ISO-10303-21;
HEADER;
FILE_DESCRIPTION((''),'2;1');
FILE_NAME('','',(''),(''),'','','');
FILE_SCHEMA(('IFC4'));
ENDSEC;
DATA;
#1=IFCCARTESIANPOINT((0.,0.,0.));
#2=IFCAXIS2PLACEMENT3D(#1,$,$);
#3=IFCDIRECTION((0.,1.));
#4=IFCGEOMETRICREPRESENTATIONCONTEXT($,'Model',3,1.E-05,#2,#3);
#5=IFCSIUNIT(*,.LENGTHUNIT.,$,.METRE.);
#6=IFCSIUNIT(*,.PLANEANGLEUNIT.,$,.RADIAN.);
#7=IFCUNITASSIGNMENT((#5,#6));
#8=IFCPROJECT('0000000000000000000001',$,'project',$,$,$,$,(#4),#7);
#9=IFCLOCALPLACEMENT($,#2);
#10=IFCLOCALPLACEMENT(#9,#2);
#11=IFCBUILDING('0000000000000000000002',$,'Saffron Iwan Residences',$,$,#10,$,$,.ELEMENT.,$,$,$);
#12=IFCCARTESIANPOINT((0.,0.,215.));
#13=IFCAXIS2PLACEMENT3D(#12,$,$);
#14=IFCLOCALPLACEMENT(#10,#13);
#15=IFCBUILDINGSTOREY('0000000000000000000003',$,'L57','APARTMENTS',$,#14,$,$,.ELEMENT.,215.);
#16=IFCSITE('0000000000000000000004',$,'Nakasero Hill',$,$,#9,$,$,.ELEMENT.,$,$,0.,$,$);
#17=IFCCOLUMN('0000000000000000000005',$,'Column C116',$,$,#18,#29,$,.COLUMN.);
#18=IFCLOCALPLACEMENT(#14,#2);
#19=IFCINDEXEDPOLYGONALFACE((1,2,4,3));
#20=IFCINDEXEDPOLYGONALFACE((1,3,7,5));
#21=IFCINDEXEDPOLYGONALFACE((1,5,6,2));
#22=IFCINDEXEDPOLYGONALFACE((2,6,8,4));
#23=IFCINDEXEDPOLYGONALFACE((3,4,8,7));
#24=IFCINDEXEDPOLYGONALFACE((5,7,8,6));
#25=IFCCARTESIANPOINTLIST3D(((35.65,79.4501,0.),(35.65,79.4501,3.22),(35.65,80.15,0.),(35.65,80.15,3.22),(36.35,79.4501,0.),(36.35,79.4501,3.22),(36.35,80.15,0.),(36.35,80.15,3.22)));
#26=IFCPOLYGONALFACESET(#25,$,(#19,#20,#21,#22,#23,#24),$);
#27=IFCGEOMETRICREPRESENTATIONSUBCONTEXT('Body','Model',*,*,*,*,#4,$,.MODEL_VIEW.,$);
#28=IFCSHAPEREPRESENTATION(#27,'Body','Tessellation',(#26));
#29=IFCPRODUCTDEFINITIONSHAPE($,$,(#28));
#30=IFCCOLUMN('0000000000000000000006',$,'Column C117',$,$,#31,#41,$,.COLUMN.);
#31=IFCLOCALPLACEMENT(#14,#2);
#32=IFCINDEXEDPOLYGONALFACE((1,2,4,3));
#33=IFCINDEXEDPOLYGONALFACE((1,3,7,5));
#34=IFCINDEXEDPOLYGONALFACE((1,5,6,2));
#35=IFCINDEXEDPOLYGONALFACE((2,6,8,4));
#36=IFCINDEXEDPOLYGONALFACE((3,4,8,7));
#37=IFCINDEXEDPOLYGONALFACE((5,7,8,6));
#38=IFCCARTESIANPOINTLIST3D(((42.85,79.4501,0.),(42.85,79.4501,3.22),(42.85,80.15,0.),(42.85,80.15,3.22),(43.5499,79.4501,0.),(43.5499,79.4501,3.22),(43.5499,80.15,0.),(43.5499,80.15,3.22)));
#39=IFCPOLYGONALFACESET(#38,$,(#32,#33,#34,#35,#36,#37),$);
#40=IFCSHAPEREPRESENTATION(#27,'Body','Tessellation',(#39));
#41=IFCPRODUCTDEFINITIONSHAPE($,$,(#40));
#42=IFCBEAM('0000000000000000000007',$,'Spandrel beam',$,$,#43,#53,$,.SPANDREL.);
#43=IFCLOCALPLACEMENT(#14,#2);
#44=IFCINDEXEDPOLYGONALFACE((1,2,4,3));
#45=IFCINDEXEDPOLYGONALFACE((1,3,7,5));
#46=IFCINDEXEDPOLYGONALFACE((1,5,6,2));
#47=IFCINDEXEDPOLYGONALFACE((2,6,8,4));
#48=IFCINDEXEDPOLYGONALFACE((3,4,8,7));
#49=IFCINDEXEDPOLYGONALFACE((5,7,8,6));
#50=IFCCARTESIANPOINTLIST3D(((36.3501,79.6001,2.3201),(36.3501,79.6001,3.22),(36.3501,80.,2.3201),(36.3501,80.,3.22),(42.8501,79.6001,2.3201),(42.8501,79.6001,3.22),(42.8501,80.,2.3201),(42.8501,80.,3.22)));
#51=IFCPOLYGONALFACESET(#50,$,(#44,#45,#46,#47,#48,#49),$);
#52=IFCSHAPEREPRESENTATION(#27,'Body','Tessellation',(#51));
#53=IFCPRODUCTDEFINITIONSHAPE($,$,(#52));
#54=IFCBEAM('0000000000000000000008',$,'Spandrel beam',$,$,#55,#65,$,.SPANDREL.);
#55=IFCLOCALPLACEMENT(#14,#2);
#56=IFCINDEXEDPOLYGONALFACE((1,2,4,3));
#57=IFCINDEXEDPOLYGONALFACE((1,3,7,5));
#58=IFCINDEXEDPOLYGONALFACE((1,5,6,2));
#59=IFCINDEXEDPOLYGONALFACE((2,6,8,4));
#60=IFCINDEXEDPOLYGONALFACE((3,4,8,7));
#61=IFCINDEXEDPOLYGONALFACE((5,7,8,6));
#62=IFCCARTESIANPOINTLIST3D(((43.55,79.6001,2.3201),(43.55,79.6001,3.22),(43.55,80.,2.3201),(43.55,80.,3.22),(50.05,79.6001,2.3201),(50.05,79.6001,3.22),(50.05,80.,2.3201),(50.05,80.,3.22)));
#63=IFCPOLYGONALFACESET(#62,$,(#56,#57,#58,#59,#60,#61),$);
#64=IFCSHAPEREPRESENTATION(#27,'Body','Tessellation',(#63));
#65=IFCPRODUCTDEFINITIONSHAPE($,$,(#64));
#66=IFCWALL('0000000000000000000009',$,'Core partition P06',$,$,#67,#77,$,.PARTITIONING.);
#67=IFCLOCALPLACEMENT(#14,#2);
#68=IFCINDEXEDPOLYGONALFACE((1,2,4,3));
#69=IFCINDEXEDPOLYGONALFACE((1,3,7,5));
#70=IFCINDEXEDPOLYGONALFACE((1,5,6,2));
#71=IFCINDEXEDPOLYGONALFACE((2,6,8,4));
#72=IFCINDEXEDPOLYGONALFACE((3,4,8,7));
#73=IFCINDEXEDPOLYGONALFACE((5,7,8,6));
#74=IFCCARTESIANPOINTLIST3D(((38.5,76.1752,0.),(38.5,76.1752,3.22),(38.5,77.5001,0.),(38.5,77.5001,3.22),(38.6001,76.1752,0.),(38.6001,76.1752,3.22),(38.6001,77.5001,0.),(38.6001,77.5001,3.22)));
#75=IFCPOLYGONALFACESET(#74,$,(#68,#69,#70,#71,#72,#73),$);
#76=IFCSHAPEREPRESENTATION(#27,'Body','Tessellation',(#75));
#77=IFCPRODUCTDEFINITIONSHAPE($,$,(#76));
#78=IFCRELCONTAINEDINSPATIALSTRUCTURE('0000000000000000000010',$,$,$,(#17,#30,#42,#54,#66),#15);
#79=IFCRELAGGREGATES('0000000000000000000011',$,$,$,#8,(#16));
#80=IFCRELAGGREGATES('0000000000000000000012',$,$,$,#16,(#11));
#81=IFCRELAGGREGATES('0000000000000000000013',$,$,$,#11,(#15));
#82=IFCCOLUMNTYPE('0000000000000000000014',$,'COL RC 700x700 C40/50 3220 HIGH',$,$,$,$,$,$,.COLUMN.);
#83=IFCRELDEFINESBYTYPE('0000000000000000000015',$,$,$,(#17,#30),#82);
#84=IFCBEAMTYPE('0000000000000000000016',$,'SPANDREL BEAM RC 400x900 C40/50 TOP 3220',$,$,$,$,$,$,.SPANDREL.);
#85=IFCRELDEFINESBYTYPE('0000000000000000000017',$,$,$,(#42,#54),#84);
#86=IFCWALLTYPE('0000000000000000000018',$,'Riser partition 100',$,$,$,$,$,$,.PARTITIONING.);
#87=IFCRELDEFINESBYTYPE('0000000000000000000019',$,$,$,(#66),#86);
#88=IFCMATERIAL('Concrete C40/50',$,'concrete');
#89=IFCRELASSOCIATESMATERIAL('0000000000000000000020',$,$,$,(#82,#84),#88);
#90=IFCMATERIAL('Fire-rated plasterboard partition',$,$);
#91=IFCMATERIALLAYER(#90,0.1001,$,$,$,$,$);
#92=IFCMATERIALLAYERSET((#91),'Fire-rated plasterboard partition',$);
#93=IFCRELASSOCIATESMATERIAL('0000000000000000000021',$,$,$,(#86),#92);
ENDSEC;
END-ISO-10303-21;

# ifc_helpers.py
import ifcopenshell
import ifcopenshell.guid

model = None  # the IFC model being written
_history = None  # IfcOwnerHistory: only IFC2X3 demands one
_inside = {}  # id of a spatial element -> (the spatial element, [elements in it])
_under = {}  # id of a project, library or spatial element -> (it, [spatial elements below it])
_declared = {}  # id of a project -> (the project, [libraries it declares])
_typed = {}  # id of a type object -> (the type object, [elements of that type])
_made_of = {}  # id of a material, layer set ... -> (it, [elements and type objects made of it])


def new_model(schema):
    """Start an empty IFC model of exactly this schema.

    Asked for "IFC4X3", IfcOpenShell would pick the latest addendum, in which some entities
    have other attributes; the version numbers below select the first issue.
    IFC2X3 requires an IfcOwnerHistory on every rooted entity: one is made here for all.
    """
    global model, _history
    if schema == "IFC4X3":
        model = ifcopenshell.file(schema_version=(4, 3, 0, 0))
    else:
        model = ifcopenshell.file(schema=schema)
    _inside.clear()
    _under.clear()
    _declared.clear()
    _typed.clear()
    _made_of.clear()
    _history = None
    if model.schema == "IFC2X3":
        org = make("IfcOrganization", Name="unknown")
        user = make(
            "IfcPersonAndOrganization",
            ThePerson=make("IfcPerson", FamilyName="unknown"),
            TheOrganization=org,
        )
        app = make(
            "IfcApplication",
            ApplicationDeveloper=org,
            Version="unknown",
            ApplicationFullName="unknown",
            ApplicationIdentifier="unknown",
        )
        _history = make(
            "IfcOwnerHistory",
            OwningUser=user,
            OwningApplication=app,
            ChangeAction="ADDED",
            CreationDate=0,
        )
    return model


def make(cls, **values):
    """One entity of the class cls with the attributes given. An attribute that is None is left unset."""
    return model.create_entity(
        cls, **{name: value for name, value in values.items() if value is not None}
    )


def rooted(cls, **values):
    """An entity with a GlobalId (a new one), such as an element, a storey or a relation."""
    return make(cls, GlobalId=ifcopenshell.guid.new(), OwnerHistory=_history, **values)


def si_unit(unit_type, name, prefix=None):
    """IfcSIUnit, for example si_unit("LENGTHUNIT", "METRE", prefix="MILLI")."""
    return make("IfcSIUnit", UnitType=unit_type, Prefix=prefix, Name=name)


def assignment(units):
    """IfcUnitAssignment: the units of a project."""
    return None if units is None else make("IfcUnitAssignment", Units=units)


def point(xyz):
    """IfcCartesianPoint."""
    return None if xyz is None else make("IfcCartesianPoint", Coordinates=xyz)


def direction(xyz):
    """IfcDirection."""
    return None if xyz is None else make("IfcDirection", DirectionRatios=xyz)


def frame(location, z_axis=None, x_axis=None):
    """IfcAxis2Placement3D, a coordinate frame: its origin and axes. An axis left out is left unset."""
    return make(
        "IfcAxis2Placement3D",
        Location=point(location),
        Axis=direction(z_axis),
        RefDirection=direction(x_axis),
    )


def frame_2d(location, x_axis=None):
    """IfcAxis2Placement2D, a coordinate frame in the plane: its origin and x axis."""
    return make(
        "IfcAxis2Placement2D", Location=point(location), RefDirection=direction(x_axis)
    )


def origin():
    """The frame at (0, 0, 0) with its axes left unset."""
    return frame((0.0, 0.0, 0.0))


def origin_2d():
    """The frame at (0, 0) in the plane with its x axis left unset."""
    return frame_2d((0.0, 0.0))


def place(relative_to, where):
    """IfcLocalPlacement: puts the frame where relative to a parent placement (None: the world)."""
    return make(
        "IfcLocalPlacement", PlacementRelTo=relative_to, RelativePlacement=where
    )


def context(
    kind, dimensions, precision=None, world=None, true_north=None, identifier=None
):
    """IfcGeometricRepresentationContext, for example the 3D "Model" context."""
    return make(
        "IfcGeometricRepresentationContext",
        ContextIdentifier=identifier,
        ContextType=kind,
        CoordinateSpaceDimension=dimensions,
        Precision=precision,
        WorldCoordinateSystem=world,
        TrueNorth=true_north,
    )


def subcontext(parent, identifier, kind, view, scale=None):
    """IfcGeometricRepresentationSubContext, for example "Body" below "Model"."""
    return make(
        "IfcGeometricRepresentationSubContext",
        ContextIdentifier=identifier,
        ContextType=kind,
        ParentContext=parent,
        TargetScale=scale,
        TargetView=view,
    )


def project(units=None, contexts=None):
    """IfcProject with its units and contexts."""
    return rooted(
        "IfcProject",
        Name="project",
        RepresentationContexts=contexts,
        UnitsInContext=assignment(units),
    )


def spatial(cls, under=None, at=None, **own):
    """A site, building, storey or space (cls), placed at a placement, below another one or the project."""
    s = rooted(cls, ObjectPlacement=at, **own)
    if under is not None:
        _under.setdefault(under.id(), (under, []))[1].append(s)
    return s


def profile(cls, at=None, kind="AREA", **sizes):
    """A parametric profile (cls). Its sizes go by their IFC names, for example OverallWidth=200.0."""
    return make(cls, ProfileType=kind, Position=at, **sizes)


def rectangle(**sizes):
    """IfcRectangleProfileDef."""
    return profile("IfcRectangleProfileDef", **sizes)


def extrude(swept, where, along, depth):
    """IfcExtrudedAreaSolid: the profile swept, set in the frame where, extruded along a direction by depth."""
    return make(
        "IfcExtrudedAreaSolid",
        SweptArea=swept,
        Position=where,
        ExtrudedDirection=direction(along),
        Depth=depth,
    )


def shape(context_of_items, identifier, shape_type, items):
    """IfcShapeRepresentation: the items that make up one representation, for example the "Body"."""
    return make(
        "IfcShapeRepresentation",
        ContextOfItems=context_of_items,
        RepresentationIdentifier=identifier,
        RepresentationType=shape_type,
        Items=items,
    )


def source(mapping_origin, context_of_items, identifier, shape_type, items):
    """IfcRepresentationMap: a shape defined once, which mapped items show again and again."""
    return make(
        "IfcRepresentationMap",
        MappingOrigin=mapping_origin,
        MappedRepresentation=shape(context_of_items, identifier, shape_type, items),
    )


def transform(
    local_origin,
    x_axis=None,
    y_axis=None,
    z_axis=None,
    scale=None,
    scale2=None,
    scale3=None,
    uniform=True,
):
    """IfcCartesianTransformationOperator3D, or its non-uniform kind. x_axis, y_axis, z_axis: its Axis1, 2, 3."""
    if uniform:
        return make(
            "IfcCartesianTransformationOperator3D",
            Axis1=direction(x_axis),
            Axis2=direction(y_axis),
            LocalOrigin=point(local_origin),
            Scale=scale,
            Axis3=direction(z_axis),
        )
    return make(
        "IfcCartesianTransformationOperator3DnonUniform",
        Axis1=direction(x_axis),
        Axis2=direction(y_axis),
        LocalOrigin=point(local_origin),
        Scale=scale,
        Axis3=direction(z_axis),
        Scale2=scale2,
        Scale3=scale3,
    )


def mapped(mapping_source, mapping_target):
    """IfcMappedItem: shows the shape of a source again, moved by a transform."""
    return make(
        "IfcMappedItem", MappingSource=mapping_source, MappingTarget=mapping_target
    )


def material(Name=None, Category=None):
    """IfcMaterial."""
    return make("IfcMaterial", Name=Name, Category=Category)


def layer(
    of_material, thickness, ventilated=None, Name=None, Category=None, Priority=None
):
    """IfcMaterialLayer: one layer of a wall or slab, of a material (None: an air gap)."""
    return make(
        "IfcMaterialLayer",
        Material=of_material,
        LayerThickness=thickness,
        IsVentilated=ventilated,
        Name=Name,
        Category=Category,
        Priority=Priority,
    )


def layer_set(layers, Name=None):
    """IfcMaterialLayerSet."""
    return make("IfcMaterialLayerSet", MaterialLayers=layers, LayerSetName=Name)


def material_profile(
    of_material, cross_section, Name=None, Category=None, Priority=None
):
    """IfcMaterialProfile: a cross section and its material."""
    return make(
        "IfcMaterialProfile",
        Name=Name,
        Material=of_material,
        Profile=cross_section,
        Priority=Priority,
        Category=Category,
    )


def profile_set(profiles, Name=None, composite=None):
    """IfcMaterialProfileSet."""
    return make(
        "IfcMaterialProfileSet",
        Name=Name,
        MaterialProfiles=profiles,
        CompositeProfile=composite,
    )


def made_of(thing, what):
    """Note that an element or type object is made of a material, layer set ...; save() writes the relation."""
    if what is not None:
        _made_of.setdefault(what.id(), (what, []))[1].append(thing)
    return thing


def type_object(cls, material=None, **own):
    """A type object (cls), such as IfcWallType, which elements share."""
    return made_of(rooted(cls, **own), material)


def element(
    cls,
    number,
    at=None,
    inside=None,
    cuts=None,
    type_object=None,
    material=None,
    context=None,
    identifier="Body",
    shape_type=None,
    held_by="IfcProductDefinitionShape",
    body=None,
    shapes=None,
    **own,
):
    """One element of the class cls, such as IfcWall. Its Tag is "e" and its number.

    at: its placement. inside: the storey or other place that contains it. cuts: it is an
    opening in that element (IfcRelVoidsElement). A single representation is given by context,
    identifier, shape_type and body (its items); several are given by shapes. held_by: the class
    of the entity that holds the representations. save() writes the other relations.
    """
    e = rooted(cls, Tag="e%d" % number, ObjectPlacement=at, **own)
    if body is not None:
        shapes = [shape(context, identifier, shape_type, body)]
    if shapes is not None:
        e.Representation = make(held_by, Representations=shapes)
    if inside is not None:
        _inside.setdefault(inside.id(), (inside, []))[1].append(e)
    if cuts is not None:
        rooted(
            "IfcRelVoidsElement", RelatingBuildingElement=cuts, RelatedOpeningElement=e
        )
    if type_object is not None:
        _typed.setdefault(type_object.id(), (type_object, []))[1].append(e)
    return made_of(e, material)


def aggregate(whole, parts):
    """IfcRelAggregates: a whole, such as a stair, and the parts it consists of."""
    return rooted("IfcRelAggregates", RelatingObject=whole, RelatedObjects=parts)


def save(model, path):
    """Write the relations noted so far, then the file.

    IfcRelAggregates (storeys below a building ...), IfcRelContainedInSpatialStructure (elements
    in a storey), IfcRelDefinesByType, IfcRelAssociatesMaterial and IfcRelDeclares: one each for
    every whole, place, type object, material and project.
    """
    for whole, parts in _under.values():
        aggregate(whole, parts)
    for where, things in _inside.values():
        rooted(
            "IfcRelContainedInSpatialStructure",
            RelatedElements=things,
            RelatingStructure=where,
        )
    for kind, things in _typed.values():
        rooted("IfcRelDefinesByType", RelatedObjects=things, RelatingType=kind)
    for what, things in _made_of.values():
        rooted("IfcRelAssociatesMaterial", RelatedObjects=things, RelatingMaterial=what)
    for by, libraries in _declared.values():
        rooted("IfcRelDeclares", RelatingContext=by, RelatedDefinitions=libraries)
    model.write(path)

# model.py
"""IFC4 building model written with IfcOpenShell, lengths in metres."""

from ifc_helpers import new_model, si_unit, direction, frame, frame_2d, origin, origin_2d, place, context, subcontext, project, spatial, rectangle, extrude, source, transform, mapped, material, layer, layer_set, material_profile, profile_set, type_object, element, save


model = new_model("IFC4")

# Units and contexts
model_context = context("Model", 3, precision=1e-05, world=origin(), true_north=direction((0.0, 1.0)))
body_context = subcontext(model_context, "Body", "Model", "MODEL_VIEW")
ifc_project = project(units=[si_unit("LENGTHUNIT", "METRE"), si_unit("PLANEANGLEUNIT", "RADIAN")], contexts=[model_context])

# Site, building, storey
site_placement = place(None, origin())
site = spatial("IfcSite", under=ifc_project, at=site_placement, Name="Nakasero Hill", CompositionType="ELEMENT", RefElevation=0.0)
building_placement = place(site_placement, origin())
building = spatial("IfcBuilding", under=site, at=building_placement, Name="Saffron Iwan Residences", CompositionType="ELEMENT")
storey_placement = place(building_placement, frame((0.0, 0.0, 215.0)))
storey = spatial("IfcBuildingStorey", under=building, at=storey_placement, Name="L57", Description="APARTMENTS", CompositionType="ELEMENT", Elevation=215.0)

# Columns
ifc_material_1 = material(Name="Concrete C40/50", Category="concrete")
ifc_material_profile_1 = material_profile(ifc_material_1, rectangle(XDim=0.7, YDim=0.7, at=origin_2d()), Name="RC 700x700")
ifc_profile_set_1 = profile_set([ifc_material_profile_1], Name="Concrete C40/50")
column_type = type_object("IfcColumnType", Name="COL RC 700x700 C40/50 3220 HIGH", PredefinedType="COLUMN", material=ifc_profile_set_1)
shared_shape_1 = source(origin(), body_context, "Body", "SweptSolid", [
    extrude(rectangle(XDim=0.7, YDim=0.7, at=origin_2d()), origin(), (0.0, 0.0, 1.0), 3.22),
])
for number, where, z_axis, x_axis, name in (
    (1, (36.0, 79.8, 0.0), (0.0, 0.0, 1.0), (1.0, 0.0, 0.0), "Column C116"),
    (2, (43.2, 79.8, 0.0), (0.0, 0.0, 1.0), (1.0, 0.0, 0.0), "Column C117"),
):
    element("IfcColumn", number, at=place(storey_placement, frame(where, z_axis=z_axis, x_axis=x_axis)), inside=storey, type_object=column_type, Name=name, PredefinedType="COLUMN", context=body_context, shape_type="MappedRepresentation", body=[
        mapped(shared_shape_1, transform((0.0, 0.0, 0.0))),
    ])

# Beams
ifc_material_profile_2 = material_profile(ifc_material_1, rectangle(XDim=0.3999, YDim=0.8999, at=origin_2d()), Name="RC 400x900")
ifc_profile_set_2 = profile_set([ifc_material_profile_2], Name="Concrete C40/50")
beam_type = type_object("IfcBeamType", Name="SPANDREL BEAM RC 400x900 C40/50 TOP 3220", PredefinedType="SPANDREL", material=ifc_profile_set_2)
shared_shape_2 = source(origin(), body_context, "Body", "SweptSolid", [
    extrude(rectangle(XDim=0.3999, YDim=0.8999, at=origin_2d()), origin(), (0.0, 0.0, 1.0), 6.5),
])
for number, where, z_axis, x_axis, name in (
    (3, (36.3501, 79.8, 2.77), (1.0, 0.0, 0.0), (0.0, 1.0, 0.0), "Spandrel beam"),
    (4, (43.55, 79.8, 2.77), (1.0, 0.0, 0.0), (0.0, 1.0, 0.0), "Spandrel beam"),
):
    element("IfcBeam", number, at=place(storey_placement, frame(where, z_axis=z_axis, x_axis=x_axis)), inside=storey, type_object=beam_type, Name=name, PredefinedType="SPANDREL", context=body_context, shape_type="MappedRepresentation", body=[
        mapped(shared_shape_2, transform((0.0, 0.0, 0.0))),
    ])

# Wall
ifc_material_2 = material(Name="Fire-rated plasterboard partition")
ifc_layer_1 = layer(ifc_material_2, 0.1001)
ifc_layer_set_1 = layer_set([ifc_layer_1], Name="Fire-rated plasterboard partition")
wall_type_1 = type_object("IfcWallType", Name="Riser partition 100", PredefinedType="PARTITIONING", material=ifc_layer_set_1)
wall_1_placement = place(storey_placement, frame((38.55, 76.175, 0.0), z_axis=(0.0, 0.0, 1.0), x_axis=(0.0, 1.0, 0.0)))
element("IfcWall", 5, at=wall_1_placement, inside=storey, type_object=wall_type_1, Name="Core partition P06", PredefinedType="PARTITIONING", context=body_context, shape_type="SweptSolid", body=[
    extrude(rectangle(XDim=1.325, YDim=0.1001, at=frame_2d((0.6626, 0.0))), origin(), (0.0, 0.0, 1.0), 3.22),
])

save(model, "model.ifc")
